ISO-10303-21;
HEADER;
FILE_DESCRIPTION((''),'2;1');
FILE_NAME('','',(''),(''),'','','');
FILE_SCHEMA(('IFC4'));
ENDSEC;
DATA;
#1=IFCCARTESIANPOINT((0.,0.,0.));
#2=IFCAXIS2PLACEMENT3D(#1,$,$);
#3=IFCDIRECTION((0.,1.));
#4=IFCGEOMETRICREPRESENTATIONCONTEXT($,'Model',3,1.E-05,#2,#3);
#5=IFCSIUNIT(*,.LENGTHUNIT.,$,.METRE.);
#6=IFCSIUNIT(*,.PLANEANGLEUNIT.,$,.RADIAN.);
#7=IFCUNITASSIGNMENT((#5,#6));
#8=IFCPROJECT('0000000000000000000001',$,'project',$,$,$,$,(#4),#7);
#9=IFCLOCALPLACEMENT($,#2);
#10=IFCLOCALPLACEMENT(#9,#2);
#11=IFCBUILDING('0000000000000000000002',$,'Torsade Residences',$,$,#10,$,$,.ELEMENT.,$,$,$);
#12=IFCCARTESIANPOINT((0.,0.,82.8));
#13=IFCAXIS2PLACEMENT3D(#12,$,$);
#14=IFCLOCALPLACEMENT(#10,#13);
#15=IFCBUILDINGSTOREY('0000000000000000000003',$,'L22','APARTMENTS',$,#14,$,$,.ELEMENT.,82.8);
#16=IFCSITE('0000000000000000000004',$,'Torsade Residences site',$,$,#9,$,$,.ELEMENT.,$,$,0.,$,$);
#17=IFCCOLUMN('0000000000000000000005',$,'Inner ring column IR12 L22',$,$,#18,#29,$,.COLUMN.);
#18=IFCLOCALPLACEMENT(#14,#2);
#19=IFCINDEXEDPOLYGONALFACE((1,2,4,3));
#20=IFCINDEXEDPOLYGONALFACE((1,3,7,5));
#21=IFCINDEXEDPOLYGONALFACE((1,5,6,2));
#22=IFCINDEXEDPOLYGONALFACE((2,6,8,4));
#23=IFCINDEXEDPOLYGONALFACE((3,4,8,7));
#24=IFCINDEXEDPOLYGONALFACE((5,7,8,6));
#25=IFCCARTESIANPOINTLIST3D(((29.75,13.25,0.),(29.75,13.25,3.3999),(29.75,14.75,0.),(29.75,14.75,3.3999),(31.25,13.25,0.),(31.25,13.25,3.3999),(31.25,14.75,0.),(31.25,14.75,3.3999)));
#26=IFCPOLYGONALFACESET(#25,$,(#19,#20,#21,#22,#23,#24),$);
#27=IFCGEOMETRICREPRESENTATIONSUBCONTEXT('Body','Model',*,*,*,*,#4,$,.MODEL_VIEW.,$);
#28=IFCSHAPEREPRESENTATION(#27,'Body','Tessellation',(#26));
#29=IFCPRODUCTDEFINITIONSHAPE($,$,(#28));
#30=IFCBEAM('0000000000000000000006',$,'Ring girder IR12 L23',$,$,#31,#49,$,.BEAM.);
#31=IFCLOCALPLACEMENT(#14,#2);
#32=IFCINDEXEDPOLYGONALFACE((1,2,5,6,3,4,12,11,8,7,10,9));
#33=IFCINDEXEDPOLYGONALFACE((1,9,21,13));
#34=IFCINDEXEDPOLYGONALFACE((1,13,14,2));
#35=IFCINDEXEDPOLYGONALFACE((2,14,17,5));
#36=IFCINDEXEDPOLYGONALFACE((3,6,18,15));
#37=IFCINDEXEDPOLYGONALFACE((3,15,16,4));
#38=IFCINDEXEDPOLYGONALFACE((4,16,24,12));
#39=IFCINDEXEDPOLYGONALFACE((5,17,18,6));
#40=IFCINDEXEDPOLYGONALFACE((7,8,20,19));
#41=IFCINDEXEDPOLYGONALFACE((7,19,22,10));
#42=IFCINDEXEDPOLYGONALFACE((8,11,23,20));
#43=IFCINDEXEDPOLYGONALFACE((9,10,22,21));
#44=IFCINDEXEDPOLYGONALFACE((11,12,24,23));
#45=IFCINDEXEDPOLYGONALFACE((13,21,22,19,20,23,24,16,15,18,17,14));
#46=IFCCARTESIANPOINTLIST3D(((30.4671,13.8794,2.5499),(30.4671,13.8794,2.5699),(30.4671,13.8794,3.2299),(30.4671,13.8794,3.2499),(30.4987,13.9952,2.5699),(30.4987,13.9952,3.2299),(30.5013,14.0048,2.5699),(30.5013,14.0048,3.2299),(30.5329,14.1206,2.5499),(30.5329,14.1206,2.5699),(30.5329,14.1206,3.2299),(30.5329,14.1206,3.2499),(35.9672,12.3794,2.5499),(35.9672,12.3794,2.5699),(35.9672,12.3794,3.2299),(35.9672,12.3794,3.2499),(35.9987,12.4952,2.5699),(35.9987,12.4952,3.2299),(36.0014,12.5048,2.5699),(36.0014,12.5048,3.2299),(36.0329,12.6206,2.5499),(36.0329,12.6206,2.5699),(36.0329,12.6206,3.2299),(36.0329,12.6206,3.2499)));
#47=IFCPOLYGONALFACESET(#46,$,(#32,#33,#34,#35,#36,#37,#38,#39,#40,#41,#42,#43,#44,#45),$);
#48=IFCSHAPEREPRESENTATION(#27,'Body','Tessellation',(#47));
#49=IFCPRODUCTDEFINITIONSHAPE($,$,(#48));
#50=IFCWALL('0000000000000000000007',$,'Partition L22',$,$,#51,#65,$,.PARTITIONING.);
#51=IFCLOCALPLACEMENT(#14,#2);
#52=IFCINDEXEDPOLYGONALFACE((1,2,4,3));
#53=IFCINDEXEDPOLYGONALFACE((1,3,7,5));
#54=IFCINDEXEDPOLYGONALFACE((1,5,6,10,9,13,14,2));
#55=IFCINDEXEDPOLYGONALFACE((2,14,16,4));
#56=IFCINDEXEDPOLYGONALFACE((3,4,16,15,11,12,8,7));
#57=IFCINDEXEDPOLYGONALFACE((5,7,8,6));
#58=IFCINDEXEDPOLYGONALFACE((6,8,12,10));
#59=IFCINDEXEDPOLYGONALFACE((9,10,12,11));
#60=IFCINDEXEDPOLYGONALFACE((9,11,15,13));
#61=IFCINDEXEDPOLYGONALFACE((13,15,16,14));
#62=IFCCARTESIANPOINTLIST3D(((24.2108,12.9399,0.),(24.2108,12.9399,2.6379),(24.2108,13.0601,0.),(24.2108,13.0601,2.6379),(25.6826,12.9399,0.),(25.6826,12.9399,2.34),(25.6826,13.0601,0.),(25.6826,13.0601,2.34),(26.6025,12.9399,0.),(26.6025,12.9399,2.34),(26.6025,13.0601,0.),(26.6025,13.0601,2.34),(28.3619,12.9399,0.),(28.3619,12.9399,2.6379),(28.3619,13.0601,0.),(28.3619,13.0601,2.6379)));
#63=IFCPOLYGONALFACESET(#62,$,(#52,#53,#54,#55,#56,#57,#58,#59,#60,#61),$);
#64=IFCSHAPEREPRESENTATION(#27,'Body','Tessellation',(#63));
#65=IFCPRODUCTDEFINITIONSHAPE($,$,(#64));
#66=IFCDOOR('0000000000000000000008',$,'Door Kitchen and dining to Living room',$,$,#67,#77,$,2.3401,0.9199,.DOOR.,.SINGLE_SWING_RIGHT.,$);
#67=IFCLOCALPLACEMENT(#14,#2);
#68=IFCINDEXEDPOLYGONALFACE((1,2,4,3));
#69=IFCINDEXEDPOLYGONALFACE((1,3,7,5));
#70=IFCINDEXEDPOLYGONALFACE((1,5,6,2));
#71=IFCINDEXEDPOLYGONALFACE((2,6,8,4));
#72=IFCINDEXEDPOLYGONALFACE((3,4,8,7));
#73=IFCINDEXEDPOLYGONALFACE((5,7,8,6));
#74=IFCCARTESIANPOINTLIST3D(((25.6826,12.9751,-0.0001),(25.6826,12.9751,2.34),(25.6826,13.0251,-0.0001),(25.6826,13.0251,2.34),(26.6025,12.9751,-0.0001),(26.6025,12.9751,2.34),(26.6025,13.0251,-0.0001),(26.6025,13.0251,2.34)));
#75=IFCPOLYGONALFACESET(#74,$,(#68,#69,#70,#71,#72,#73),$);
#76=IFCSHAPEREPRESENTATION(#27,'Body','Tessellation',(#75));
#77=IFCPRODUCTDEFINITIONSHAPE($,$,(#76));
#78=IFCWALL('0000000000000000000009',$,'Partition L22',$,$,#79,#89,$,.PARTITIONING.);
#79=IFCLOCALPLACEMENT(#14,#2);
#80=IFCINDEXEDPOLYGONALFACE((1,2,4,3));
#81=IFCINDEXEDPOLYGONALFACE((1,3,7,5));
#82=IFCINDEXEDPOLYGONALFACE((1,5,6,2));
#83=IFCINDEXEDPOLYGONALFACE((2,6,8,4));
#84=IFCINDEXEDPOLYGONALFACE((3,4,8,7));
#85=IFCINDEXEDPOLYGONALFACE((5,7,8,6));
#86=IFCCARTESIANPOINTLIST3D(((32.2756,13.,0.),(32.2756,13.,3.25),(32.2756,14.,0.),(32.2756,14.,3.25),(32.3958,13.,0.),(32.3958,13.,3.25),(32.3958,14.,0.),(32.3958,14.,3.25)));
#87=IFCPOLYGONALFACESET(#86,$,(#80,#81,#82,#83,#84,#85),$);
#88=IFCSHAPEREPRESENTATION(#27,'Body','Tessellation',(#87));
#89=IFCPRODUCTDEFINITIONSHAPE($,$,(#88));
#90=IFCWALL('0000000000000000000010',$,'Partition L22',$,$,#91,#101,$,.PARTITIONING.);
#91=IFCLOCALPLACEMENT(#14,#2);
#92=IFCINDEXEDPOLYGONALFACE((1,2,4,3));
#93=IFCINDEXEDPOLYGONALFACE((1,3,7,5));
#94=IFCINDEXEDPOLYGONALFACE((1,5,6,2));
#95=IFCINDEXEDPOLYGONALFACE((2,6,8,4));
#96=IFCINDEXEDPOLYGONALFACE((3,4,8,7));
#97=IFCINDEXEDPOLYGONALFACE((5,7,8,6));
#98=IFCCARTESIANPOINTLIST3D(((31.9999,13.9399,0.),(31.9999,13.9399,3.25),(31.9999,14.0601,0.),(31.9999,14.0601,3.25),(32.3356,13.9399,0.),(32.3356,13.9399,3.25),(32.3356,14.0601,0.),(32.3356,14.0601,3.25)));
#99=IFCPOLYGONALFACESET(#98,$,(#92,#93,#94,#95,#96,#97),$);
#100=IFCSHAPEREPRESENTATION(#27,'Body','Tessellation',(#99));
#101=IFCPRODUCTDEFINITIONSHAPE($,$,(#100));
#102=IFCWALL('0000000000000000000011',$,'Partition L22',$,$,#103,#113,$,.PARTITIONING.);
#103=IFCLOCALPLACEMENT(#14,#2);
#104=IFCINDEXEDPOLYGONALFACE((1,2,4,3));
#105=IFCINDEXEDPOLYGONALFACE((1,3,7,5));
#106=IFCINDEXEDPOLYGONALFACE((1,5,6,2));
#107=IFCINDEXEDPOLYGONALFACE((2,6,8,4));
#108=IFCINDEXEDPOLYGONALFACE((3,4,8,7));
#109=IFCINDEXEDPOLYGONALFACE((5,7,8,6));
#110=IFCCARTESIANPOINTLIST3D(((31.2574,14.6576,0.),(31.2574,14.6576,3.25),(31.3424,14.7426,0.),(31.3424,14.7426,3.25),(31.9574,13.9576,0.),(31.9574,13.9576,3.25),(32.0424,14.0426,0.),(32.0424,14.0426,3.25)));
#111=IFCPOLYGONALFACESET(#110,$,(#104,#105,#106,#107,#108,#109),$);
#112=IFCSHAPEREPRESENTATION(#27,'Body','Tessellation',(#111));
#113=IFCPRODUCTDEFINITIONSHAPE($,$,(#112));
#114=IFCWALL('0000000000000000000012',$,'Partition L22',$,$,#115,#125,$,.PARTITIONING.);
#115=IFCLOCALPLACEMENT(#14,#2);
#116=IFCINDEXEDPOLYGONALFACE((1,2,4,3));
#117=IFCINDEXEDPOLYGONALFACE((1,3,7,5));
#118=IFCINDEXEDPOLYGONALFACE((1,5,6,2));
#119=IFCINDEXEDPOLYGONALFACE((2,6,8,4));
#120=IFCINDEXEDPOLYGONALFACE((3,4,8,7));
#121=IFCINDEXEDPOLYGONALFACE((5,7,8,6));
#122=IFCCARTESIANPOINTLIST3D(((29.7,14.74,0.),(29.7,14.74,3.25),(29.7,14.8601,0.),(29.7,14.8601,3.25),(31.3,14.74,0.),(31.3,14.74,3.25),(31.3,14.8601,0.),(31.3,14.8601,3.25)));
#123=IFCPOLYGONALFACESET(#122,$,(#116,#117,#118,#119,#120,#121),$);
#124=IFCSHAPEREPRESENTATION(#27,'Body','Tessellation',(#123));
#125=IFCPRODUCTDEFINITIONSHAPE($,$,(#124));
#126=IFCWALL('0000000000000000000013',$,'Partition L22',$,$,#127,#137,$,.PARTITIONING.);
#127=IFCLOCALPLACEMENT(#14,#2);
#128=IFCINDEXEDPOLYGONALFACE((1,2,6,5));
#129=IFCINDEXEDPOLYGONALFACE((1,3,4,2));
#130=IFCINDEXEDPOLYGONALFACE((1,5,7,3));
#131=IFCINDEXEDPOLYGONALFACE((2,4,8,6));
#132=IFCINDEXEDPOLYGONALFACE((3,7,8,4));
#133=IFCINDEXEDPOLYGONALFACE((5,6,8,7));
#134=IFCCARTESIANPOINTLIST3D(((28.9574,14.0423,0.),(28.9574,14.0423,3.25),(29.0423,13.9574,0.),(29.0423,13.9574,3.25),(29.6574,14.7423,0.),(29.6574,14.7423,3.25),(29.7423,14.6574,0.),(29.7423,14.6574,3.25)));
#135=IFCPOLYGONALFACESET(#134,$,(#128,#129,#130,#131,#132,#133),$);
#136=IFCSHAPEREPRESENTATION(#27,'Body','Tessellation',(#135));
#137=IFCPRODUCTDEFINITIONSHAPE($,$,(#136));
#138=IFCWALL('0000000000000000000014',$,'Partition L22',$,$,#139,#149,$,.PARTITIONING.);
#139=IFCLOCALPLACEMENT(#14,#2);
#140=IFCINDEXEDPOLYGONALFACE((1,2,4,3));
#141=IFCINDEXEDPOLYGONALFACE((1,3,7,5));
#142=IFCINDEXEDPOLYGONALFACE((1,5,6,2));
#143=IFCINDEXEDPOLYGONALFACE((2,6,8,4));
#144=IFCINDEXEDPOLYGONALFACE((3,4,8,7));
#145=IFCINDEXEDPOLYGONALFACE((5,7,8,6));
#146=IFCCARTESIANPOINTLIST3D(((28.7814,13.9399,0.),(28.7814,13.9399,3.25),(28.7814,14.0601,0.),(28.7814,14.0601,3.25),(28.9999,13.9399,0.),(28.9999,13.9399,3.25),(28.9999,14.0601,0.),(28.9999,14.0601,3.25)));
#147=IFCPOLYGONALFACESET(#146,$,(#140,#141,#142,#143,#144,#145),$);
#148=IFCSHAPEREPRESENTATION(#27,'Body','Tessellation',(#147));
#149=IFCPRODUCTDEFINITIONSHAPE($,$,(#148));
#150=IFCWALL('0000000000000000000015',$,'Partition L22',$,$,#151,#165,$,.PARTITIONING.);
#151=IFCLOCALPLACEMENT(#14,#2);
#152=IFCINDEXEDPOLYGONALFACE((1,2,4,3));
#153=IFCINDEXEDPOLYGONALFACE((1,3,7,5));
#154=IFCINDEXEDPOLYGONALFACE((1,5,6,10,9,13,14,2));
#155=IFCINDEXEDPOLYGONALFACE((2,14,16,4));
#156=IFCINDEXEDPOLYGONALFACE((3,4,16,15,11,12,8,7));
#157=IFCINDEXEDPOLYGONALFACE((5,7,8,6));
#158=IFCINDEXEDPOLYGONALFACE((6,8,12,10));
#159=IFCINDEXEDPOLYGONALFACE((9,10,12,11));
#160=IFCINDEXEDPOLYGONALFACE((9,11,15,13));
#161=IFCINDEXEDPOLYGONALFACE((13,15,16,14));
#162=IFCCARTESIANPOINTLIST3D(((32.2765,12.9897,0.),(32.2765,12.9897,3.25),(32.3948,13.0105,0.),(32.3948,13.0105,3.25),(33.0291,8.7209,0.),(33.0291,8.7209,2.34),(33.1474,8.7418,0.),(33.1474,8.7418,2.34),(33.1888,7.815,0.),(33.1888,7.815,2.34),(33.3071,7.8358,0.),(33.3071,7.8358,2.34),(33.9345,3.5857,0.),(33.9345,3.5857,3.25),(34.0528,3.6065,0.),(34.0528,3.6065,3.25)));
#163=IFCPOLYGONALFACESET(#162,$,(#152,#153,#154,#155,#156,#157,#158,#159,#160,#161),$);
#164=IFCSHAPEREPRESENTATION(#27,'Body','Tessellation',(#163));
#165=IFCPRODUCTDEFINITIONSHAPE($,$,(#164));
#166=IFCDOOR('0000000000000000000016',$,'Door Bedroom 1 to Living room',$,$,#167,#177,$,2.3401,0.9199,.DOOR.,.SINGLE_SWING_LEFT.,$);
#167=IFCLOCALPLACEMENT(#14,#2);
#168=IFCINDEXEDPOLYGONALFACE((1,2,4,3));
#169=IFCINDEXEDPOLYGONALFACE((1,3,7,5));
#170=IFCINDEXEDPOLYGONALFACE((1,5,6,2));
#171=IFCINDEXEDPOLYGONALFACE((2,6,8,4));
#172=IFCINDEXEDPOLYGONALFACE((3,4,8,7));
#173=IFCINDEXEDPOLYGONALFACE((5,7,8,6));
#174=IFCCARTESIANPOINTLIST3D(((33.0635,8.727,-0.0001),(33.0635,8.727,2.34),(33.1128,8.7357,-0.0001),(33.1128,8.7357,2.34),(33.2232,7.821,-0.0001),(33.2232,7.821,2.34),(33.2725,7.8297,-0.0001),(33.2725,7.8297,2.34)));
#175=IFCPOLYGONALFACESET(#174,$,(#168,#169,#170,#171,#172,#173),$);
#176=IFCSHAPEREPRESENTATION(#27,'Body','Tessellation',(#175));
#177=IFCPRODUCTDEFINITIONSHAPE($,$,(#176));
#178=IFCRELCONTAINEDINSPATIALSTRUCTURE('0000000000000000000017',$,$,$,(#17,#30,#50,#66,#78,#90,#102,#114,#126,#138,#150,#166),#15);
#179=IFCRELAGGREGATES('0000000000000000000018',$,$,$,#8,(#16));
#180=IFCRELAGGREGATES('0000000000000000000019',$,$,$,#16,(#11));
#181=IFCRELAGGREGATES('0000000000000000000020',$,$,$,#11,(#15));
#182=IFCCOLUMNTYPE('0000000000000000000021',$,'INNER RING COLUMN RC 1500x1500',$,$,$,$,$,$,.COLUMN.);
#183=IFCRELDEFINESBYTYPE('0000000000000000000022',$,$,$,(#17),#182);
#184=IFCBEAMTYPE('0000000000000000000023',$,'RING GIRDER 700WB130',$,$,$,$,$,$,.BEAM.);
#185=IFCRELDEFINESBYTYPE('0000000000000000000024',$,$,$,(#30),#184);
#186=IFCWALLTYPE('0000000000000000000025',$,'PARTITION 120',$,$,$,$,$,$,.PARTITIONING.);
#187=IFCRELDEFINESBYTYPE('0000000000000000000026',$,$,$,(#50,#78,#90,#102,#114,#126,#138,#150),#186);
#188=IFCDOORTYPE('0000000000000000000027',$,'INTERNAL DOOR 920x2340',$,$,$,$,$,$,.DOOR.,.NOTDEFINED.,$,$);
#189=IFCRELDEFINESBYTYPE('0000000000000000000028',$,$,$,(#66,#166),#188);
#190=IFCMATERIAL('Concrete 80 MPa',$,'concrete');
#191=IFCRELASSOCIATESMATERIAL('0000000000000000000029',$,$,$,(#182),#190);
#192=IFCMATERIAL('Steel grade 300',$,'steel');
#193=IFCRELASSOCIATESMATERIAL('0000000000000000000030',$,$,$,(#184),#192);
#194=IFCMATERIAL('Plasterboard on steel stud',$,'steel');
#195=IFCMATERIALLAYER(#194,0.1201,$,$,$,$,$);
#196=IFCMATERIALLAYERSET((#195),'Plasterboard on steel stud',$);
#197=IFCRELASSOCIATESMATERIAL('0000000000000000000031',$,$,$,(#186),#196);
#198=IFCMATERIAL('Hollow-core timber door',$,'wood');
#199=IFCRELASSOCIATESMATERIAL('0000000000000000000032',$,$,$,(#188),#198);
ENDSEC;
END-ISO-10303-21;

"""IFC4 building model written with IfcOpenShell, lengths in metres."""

from ifc_helpers import new_model, si_unit, direction, frame, frame_2d, origin, origin_2d, place, context, subcontext, project, spatial, rectangle, i_section, extrude, material, layer, layer_set, material_profile, profile_set, type_object, element, fill, save


model = new_model("IFC4")

# Units and contexts
model_context = context("Model", 3, precision=1e-05, world=origin(), true_north=direction((0.0, 1.0)))
body_context = subcontext(model_context, "Body", "Model", "MODEL_VIEW")
ifc_project = project(units=[si_unit("LENGTHUNIT", "METRE"), si_unit("PLANEANGLEUNIT", "RADIAN")], contexts=[model_context])

# Site, building, storey
site_placement = place(None, origin())
site = spatial("IfcSite", under=ifc_project, at=site_placement, Name="Torsade Residences site", CompositionType="ELEMENT", RefElevation=0.0)
building_placement = place(site_placement, origin())
building = spatial("IfcBuilding", under=site, at=building_placement, Name="Torsade Residences", CompositionType="ELEMENT")
storey_placement = place(building_placement, frame((0.0, 0.0, 82.8)))
storey = spatial("IfcBuildingStorey", under=building, at=storey_placement, Name="L22", Description="APARTMENTS", CompositionType="ELEMENT", Elevation=82.8)

# Column
ifc_material_1 = material(Name="Concrete 80 MPa", Category="concrete")
ifc_material_profile_1 = material_profile(ifc_material_1, rectangle(XDim=1.5, YDim=1.5, at=origin_2d()), Name="RC 1500x1500")
ifc_profile_set_1 = profile_set([ifc_material_profile_1], Name="Concrete 80 MPa")
column_type = type_object("IfcColumnType", Name="INNER RING COLUMN RC 1500x1500", PredefinedType="COLUMN", material=ifc_profile_set_1)
column_placement = place(storey_placement, frame((30.5, 14.0, 0.0), z_axis=(0.0, 0.0, 1.0), x_axis=(1.0, 0.0, 0.0)))
element("IfcColumn", 1, at=column_placement, inside=storey, type_object=column_type, Name="Inner ring column IR12 L22", PredefinedType="COLUMN", context=body_context, shape_type="SweptSolid", body=[
    extrude(rectangle(XDim=1.5, YDim=1.5, at=origin_2d()), origin(), (0.0, 0.0, 1.0), 3.3999),
])

# Beam
ifc_material_2 = material(Name="Steel grade 300", Category="steel")
ifc_material_profile_2 = material_profile(ifc_material_2, i_section(OverallWidth=0.25, OverallDepth=0.7, WebThickness=0.01, FlangeThickness=0.02, at=origin_2d()), Name="700WB130")
ifc_profile_set_2 = profile_set([ifc_material_profile_2], Name="Steel grade 300")
beam_type = type_object("IfcBeamType", Name="RING GIRDER 700WB130", PredefinedType="BEAM", material=ifc_profile_set_2)
beam_placement = place(storey_placement, frame((30.5, 14.0, 2.8999), z_axis=(0.964764, -0.263117, 0.0), x_axis=(0.263117, 0.964764, 0.0)))
element("IfcBeam", 2, at=beam_placement, inside=storey, type_object=beam_type, Name="Ring girder IR12 L23", PredefinedType="BEAM", context=body_context, shape_type="SweptSolid", body=[
    extrude(i_section(OverallWidth=0.25, OverallDepth=0.7, WebThickness=0.01, FlangeThickness=0.02, at=origin_2d()), origin(), (0.0, 0.0, 1.0), 5.7009),
])

# Wall, opening, door
ifc_material_3 = material(Name="Plasterboard on steel stud", Category="steel")
ifc_layer_1 = layer(ifc_material_3, 0.1201)
ifc_layer_set_1 = layer_set([ifc_layer_1], Name="Plasterboard on steel stud")
wall_type_1 = type_object("IfcWallType", Name="PARTITION 120", PredefinedType="PARTITIONING", material=ifc_layer_set_1)
wall_1_placement = place(storey_placement, frame((28.3621, 13.0, 0.0), z_axis=(0.0, 0.0, 1.0), x_axis=(-1.0, 0.0, 0.0)))
wall_1 = element("IfcWall", 3, at=wall_1_placement, inside=storey, type_object=wall_type_1, Name="Partition L22", PredefinedType="PARTITIONING", context=body_context, shape_type="SweptSolid", body=[
    extrude(rectangle(XDim=4.1511, YDim=0.1201, at=frame_2d((2.0757, 0.0))), origin(), (0.0, 0.0, 1.0), 2.6379),
])
opening_1_placement = place(wall_1_placement, frame((1.7595, 0.0, 0.0)))
opening_1 = element("IfcOpeningElement", 4, at=opening_1_placement, cuts=wall_1, PredefinedType="OPENING", context=body_context, shape_type="SweptSolid", body=[
    extrude(rectangle(XDim=0.9199, YDim=2.3401, at=frame_2d((0.46, 1.1699))), frame((0.0, 0.0701, 0.0), z_axis=(0.0, -1.0, 0.0), x_axis=(1.0, 0.0, 0.0)), (0.0, 0.0, 1.0), 0.1401),
])
ifc_material_4 = material(Name="Hollow-core timber door", Category="wood")
door_type = type_object("IfcDoorType", Name="INTERNAL DOOR 920x2340", OperationType="NOTDEFINED", PredefinedType="DOOR", material=ifc_material_4)
door_1_placement = place(opening_1_placement, origin())
door_1 = element("IfcDoor", 5, at=door_1_placement, inside=storey, type_object=door_type, Name="Door Kitchen and dining to Living room", OperationType="SINGLE_SWING_RIGHT", OverallHeight=2.3401, OverallWidth=0.9199, PredefinedType="DOOR", context=body_context, shape_type="SweptSolid", body=[
    extrude(rectangle(XDim=0.9199, YDim=2.3401, at=frame_2d((0.46, 1.1699))), frame((0.0, 0.0249, 0.0), z_axis=(0.0, -1.0, 0.0), x_axis=(1.0, 0.0, 0.0)), (0.0, 0.0, 1.0), 0.05),
])
fill(opening_1, door_1)

# Walls
wall_2_placement = place(storey_placement, frame((32.3357, 13.0, 0.0), z_axis=(0.0, 0.0, 1.0), x_axis=(0.0, 1.0, 0.0)))
element("IfcWall", 6, at=wall_2_placement, inside=storey, type_object=wall_type_1, Name="Partition L22", PredefinedType="PARTITIONING", context=body_context, shape_type="SweptSolid", body=[
    extrude(rectangle(XDim=1.0, YDim=0.1201, at=frame_2d((0.5, 0.0))), origin(), (0.0, 0.0, 1.0), 3.25),
])
wall_3_placement = place(storey_placement, frame((32.3357, 14.0, 0.0), z_axis=(0.0, 0.0, 1.0), x_axis=(-1.0, 0.0, 0.0)))
element("IfcWall", 7, at=wall_3_placement, inside=storey, type_object=wall_type_1, Name="Partition L22", PredefinedType="PARTITIONING", context=body_context, shape_type="SweptSolid", body=[
    extrude(rectangle(XDim=0.3357, YDim=0.1201, at=frame_2d((0.168, 0.0))), origin(), (0.0, 0.0, 1.0), 3.25),
])
wall_4_placement = place(storey_placement, frame((32.0, 14.0, 0.0), z_axis=(0.0, 0.0, 1.0), x_axis=(-0.707107, 0.707107, 0.0)))
element("IfcWall", 8, at=wall_4_placement, inside=storey, type_object=wall_type_1, Name="Partition L22", PredefinedType="PARTITIONING", context=body_context, shape_type="SweptSolid", body=[
    extrude(rectangle(XDim=0.99, YDim=0.1201, at=frame_2d((0.4951, 0.0))), origin(), (0.0, 0.0, 1.0), 3.25),
])
wall_5_placement = place(storey_placement, frame((31.3, 14.8, 0.0), z_axis=(0.0, 0.0, 1.0), x_axis=(-1.0, 0.0, 0.0)))
element("IfcWall", 9, at=wall_5_placement, inside=storey, type_object=wall_type_1, Name="Partition L22", PredefinedType="PARTITIONING", context=body_context, shape_type="SweptSolid", body=[
    extrude(rectangle(XDim=1.6001, YDim=0.1201, at=frame_2d((0.8, 0.0))), origin(), (0.0, 0.0, 1.0), 3.25),
])
wall_6_placement = place(storey_placement, frame((29.7, 14.7, 0.0), z_axis=(0.0, 0.0, 1.0), x_axis=(-0.707107, -0.707107, 0.0)))
element("IfcWall", 10, at=wall_6_placement, inside=storey, type_object=wall_type_1, Name="Partition L22", PredefinedType="PARTITIONING", context=body_context, shape_type="SweptSolid", body=[
    extrude(rectangle(XDim=0.99, YDim=0.1201, at=frame_2d((0.4951, 0.0))), origin(), (0.0, 0.0, 1.0), 3.25),
])
wall_7_placement = place(storey_placement, frame((29.0, 14.0, 0.0), z_axis=(0.0, 0.0, 1.0), x_axis=(-1.0, 0.0, 0.0)))
element("IfcWall", 11, at=wall_7_placement, inside=storey, type_object=wall_type_1, Name="Partition L22", PredefinedType="PARTITIONING", context=body_context, shape_type="SweptSolid", body=[
    extrude(rectangle(XDim=0.2185, YDim=0.1201, at=frame_2d((0.1094, 0.0))), origin(), (0.0, 0.0, 1.0), 3.25),
])

# Wall, opening, door
wall_8_placement = place(storey_placement, frame((32.3357, 13.0, 0.0), z_axis=(0.0, 0.0, 1.0), x_axis=(0.173625, -0.984812, 0.0)))
wall_8 = element("IfcWall", 12, at=wall_8_placement, inside=storey, type_object=wall_type_1, Name="Partition L22", PredefinedType="PARTITIONING", context=body_context, shape_type="SweptSolid", body=[
    extrude(rectangle(XDim=9.5491, YDim=0.1201, at=frame_2d((4.7744, 0.0))), origin(), (0.0, 0.0, 1.0), 3.25),
])
opening_2_placement = place(wall_8_placement, frame((4.3345, 0.0, 0.0)))
opening_2 = element("IfcOpeningElement", 13, at=opening_2_placement, cuts=wall_8, PredefinedType="OPENING", context=body_context, shape_type="SweptSolid", body=[
    extrude(rectangle(XDim=0.9199, YDim=2.3401, at=frame_2d((0.46, 1.1699))), frame((0.0, 0.0701, 0.0), z_axis=(0.0, -1.0, 0.0), x_axis=(1.0, 0.0, 0.0)), (0.0, 0.0, 1.0), 0.1401),
])
door_2_placement = place(opening_2_placement, origin())
door_2 = element("IfcDoor", 14, at=door_2_placement, inside=storey, type_object=door_type, Name="Door Bedroom 1 to Living room", OperationType="SINGLE_SWING_LEFT", OverallHeight=2.3401, OverallWidth=0.9199, PredefinedType="DOOR", context=body_context, shape_type="SweptSolid", body=[
    extrude(rectangle(XDim=0.9199, YDim=2.3401, at=frame_2d((0.46, 1.1699))), frame((0.0, 0.0249, 0.0), z_axis=(0.0, -1.0, 0.0), x_axis=(1.0, 0.0, 0.0)), (0.0, 0.0, 1.0), 0.05),
])
fill(opening_2, door_2)

save(model, "model.ifc")
